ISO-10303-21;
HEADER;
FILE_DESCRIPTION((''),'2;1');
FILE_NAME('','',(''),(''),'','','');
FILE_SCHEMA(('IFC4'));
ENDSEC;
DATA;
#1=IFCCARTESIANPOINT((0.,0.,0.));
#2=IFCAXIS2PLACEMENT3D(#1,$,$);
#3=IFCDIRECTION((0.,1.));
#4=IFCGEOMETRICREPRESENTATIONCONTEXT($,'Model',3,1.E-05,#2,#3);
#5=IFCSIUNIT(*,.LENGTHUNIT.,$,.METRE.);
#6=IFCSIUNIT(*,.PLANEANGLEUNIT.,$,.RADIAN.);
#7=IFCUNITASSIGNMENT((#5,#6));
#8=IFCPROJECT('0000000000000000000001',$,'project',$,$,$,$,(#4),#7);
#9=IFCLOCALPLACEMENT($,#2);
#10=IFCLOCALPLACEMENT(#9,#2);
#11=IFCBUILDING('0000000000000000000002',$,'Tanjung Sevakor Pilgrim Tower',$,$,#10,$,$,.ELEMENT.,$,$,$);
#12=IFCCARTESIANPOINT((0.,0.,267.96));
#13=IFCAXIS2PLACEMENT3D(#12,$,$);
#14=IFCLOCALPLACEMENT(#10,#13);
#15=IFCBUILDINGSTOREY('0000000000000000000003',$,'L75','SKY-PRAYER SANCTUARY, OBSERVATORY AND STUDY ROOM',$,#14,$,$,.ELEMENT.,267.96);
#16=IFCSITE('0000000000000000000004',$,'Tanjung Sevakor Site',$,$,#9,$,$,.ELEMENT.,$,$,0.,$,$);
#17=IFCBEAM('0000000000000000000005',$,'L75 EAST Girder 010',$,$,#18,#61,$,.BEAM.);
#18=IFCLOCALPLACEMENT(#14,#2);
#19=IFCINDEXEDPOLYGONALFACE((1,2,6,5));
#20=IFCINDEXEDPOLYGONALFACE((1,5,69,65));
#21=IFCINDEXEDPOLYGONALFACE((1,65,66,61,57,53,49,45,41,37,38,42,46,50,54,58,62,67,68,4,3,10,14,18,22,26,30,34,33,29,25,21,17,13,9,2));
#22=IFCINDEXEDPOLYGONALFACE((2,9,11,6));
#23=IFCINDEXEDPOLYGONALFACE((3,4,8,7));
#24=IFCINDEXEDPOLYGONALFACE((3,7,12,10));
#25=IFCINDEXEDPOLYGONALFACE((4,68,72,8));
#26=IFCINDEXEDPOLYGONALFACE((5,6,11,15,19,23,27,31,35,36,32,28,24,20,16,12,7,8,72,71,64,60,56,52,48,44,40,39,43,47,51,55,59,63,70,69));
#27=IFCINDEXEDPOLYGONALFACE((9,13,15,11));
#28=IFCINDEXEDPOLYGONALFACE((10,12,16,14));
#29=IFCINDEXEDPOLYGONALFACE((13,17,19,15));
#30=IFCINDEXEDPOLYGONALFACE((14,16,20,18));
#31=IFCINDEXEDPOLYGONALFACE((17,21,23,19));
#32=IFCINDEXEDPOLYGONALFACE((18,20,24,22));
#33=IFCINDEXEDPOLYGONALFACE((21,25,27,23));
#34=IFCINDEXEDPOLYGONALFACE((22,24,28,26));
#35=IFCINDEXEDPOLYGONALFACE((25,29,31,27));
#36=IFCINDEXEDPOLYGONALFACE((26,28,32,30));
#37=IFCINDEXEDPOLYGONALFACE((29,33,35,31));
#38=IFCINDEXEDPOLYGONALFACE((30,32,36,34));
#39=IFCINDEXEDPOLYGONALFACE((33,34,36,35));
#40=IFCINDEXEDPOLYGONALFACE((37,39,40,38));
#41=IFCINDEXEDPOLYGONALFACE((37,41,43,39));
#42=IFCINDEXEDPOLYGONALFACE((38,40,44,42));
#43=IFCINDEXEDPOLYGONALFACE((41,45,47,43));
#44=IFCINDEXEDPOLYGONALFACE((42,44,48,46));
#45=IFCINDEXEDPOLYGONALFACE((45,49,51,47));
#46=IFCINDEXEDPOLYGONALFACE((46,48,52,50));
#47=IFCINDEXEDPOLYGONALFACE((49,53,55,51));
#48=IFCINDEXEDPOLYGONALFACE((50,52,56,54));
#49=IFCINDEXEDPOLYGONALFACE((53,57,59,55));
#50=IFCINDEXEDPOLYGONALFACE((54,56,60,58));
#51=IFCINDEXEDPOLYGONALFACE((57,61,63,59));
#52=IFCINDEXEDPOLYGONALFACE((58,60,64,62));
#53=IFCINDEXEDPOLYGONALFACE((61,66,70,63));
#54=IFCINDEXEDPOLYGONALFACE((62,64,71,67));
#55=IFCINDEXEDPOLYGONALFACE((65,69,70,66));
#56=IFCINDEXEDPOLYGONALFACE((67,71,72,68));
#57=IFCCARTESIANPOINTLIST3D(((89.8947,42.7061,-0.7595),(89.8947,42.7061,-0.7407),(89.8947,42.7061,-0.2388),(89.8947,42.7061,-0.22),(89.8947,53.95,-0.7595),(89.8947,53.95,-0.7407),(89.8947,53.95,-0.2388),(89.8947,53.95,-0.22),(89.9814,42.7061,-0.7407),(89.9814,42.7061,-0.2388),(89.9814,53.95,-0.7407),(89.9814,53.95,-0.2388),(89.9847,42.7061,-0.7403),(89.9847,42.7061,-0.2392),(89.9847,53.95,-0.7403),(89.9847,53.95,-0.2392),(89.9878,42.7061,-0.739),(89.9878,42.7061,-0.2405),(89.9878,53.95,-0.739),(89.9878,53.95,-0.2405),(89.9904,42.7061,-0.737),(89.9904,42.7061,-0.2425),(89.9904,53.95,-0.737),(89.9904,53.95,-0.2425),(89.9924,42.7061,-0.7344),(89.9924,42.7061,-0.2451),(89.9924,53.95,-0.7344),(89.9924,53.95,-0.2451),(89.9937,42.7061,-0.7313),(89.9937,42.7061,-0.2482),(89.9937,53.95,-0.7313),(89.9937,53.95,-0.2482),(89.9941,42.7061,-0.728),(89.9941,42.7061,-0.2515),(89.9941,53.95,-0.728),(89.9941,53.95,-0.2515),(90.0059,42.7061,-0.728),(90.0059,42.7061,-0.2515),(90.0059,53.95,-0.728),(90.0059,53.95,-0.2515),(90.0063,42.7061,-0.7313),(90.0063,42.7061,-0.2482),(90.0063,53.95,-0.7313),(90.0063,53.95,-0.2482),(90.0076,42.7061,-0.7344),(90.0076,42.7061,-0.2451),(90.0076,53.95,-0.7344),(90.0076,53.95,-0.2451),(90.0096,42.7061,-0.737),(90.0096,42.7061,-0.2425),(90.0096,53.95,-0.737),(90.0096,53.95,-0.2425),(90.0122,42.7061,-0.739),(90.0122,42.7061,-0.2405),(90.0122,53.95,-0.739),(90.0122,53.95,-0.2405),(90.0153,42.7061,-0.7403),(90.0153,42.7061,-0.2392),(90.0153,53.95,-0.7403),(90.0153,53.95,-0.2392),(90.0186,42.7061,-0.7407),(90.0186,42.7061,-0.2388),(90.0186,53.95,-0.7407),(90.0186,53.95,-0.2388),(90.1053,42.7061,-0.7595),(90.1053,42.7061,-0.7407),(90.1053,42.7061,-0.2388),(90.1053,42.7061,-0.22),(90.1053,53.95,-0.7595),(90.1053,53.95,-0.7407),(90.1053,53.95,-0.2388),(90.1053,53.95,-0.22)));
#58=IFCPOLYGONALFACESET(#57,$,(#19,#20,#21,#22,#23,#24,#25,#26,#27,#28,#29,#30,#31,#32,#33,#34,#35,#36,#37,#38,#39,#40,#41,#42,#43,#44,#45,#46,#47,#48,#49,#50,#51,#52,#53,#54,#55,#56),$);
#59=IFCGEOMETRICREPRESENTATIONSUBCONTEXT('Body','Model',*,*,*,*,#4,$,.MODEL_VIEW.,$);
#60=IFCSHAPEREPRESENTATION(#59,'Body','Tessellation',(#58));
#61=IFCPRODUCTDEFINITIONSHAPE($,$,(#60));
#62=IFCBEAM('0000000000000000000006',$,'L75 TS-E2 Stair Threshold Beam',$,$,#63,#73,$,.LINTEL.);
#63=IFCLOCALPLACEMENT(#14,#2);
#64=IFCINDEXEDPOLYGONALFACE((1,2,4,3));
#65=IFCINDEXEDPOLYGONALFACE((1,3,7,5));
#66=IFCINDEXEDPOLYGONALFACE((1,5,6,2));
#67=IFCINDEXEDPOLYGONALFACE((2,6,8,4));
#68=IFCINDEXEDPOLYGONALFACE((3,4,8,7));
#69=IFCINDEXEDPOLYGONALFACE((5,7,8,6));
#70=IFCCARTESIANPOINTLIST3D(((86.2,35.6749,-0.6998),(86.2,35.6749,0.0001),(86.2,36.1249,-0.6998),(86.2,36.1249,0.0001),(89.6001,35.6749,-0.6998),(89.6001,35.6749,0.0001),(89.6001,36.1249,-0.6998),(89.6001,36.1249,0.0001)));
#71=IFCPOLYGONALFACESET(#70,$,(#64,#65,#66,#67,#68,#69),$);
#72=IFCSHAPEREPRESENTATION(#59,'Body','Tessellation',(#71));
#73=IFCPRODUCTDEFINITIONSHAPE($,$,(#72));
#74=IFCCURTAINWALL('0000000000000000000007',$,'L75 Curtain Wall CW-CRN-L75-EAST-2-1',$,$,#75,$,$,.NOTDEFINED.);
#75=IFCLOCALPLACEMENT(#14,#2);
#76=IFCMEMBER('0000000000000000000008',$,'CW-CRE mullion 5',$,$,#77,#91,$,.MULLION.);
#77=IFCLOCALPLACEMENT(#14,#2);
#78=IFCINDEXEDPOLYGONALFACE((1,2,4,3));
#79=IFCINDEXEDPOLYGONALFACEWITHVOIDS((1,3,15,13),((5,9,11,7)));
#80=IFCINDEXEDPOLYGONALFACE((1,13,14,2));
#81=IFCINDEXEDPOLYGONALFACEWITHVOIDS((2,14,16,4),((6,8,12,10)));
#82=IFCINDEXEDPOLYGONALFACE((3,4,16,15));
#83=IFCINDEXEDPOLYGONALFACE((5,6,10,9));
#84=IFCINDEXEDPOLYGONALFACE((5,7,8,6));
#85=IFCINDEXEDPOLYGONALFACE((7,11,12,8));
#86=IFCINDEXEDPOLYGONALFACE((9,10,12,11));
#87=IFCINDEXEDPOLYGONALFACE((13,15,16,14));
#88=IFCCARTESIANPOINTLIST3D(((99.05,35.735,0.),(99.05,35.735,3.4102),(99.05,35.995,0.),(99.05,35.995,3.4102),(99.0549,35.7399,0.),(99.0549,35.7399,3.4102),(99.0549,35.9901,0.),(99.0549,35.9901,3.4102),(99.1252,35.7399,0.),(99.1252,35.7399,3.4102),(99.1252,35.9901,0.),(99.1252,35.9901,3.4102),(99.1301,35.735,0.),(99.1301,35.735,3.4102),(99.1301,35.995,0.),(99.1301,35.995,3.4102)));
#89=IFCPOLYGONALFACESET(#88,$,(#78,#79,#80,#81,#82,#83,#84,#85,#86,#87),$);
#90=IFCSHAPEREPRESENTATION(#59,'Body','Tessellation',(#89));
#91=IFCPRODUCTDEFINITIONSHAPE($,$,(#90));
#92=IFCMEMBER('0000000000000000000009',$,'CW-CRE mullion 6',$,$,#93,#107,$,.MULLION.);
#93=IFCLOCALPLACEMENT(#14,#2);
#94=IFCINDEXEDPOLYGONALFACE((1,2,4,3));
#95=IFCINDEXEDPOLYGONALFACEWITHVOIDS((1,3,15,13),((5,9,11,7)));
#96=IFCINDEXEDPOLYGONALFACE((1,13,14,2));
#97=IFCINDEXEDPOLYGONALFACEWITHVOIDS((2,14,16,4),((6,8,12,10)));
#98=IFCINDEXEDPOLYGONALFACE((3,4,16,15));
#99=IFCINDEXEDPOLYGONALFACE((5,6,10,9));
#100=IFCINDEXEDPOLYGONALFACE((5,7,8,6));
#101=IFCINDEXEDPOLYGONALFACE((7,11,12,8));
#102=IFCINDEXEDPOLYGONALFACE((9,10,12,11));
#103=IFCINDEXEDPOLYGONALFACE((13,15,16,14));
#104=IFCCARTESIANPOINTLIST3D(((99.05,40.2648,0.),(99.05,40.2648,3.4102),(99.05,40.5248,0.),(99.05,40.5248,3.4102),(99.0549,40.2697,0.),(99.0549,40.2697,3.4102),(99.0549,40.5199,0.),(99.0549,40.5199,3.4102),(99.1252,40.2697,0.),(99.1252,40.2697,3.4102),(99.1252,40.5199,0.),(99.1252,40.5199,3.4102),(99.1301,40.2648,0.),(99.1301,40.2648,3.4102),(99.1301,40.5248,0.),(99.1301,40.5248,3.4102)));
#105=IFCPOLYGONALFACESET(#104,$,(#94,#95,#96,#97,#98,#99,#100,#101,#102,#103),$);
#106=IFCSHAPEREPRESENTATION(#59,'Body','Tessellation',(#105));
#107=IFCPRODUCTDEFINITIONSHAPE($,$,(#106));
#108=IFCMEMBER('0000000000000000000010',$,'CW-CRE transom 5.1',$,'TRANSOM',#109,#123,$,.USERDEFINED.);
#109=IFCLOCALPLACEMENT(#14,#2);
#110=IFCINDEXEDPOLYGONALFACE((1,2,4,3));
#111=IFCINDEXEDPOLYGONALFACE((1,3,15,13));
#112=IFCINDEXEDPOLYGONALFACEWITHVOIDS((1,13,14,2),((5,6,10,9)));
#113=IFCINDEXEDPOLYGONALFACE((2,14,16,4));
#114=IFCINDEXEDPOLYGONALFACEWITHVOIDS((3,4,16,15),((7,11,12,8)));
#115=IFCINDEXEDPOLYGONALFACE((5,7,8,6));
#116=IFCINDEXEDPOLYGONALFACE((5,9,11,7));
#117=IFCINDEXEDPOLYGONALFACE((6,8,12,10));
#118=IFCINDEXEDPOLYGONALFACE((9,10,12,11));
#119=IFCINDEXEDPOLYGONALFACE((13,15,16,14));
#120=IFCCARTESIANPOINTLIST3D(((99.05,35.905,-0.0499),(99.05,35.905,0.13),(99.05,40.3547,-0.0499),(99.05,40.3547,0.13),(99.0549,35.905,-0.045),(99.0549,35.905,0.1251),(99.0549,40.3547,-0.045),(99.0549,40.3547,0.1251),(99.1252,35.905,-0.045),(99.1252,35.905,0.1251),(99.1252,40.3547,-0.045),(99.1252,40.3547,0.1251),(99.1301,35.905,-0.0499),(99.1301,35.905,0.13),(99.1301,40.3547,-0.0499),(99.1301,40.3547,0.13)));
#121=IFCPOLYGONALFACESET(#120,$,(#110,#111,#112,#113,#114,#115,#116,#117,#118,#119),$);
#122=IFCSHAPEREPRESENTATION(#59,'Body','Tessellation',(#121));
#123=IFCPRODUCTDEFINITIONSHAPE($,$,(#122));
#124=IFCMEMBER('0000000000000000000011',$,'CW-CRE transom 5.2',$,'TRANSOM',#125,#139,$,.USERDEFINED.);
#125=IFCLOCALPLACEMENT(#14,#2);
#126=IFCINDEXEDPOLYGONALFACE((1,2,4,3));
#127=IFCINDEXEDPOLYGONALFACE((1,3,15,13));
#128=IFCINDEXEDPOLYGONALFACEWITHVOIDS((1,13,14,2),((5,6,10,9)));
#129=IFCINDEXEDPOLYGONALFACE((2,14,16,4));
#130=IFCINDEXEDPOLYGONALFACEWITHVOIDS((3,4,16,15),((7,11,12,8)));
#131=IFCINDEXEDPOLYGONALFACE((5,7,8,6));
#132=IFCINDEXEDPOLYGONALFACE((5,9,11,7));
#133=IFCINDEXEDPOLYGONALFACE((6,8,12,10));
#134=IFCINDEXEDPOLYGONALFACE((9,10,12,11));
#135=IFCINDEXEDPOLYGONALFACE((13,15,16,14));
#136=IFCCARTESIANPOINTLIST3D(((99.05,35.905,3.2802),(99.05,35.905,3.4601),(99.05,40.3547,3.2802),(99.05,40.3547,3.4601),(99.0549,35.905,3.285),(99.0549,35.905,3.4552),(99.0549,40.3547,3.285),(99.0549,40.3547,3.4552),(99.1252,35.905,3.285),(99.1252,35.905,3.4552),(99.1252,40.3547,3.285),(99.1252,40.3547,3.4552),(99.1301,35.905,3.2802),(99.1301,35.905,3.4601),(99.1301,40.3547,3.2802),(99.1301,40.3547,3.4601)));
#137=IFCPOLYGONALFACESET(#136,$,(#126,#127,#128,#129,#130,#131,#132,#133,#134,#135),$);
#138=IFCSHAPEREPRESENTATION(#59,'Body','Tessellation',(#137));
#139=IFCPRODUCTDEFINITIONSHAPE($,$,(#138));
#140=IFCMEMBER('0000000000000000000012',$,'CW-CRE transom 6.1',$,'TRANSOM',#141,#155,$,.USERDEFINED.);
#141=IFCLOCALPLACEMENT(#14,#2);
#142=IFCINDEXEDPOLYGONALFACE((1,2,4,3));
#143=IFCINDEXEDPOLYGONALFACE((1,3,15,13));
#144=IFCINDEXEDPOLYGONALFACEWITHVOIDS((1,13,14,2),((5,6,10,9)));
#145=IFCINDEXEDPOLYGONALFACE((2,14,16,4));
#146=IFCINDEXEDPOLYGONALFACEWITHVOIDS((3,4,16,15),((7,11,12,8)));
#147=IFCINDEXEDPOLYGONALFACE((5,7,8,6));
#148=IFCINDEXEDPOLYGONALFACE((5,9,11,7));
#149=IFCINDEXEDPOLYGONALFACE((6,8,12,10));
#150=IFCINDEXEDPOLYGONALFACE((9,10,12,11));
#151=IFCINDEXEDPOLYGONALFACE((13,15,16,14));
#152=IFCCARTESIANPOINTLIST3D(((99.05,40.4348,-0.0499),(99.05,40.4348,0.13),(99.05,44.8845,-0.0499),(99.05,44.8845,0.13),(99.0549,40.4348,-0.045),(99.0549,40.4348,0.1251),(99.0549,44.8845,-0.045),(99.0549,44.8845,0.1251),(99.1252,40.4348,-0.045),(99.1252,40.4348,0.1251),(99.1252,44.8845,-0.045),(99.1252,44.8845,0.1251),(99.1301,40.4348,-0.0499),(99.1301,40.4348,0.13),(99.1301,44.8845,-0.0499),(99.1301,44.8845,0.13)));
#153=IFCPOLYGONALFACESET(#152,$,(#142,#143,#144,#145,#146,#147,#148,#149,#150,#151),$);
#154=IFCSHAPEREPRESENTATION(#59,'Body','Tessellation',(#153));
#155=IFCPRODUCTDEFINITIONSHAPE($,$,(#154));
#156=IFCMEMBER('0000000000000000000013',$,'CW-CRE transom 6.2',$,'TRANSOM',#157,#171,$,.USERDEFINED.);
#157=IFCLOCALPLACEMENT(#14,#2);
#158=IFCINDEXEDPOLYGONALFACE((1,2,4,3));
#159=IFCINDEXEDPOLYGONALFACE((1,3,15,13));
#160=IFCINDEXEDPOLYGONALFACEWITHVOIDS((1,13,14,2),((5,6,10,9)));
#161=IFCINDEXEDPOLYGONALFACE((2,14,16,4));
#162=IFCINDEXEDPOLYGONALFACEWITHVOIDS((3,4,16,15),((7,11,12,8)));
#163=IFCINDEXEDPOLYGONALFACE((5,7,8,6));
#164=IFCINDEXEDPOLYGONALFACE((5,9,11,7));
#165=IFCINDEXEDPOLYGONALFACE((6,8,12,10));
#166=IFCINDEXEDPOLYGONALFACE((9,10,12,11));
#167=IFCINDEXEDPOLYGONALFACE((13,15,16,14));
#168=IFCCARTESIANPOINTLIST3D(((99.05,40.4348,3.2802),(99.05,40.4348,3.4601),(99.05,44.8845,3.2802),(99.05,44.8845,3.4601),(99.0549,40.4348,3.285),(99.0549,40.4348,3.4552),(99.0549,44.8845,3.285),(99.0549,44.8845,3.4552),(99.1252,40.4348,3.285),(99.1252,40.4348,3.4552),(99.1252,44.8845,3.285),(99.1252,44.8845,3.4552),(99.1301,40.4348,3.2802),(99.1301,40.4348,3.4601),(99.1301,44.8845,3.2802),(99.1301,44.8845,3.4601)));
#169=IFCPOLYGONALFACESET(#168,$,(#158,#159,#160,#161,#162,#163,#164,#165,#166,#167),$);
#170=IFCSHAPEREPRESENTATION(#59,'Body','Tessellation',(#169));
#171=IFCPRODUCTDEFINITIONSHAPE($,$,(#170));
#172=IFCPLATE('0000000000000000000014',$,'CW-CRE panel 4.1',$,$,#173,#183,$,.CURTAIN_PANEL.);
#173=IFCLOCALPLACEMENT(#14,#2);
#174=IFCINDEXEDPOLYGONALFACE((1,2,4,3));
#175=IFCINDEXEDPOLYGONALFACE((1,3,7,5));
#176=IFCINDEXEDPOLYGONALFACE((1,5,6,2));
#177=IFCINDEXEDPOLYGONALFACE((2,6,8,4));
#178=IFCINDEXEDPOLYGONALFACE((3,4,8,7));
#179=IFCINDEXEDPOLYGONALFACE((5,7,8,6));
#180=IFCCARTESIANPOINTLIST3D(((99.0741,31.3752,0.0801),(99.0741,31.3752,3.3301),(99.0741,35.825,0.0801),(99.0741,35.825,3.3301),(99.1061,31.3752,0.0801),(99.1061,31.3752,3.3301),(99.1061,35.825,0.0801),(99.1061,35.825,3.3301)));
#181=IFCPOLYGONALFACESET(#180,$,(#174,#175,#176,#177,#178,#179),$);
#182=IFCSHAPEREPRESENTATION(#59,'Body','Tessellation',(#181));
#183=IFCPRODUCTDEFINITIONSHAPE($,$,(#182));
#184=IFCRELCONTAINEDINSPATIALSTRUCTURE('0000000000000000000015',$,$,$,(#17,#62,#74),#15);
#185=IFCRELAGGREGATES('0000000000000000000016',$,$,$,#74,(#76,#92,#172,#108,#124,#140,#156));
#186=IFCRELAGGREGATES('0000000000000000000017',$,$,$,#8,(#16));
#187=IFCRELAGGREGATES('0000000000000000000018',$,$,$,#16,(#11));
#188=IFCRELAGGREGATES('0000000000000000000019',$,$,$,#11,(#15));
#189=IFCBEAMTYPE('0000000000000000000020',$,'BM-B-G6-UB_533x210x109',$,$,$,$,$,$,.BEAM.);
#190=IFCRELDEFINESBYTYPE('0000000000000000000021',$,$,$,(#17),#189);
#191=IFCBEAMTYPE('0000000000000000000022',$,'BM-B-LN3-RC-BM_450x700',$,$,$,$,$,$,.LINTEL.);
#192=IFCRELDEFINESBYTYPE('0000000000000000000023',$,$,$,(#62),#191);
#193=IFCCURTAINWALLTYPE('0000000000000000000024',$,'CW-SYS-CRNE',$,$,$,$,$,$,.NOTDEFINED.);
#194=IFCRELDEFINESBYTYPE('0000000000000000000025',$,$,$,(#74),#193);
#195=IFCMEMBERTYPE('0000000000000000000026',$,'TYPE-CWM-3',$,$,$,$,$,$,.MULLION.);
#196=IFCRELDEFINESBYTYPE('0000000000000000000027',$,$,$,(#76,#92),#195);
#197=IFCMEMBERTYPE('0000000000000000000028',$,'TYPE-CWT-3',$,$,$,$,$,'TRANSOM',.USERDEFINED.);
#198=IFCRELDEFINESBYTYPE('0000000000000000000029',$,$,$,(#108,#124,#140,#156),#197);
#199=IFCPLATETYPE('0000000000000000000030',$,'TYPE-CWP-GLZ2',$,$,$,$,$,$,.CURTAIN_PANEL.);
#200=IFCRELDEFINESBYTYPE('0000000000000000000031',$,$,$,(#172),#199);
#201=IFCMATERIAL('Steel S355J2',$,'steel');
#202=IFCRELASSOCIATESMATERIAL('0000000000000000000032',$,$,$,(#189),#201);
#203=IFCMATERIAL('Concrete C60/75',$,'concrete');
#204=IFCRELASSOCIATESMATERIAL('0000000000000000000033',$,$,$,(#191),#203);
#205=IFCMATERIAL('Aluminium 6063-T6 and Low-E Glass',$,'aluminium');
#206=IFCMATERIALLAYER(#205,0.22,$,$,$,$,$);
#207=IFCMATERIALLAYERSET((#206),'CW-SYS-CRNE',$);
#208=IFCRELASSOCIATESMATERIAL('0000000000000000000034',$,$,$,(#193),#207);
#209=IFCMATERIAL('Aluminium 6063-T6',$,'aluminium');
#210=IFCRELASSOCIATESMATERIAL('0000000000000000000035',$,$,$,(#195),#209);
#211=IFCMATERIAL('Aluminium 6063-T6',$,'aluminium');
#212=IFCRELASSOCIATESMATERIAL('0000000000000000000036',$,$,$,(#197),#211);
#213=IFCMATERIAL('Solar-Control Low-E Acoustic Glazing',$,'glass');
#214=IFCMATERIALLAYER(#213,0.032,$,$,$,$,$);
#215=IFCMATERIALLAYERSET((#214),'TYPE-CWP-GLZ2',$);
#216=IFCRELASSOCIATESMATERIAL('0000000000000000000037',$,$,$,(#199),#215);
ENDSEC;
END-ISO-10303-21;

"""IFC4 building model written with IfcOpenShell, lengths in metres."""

from ifc_helpers import new_model, si_unit, direction, frame, origin, origin_2d, place, context, subcontext, project, spatial, rectangle, hollow_rectangle, i_section, extrude, material, layer, layer_set, material_profile, profile_set, type_object, element, aggregate, save


model = new_model("IFC4")

# Units and contexts
model_context = context("Model", 3, precision=1e-05, world=origin(), true_north=direction((0.0, 1.0)))
body_context = subcontext(model_context, "Body", "Model", "MODEL_VIEW")
ifc_project = project(units=[si_unit("LENGTHUNIT", "METRE"), si_unit("PLANEANGLEUNIT", "RADIAN")], contexts=[model_context])

# Site, building, storey
site_placement = place(None, origin())
site = spatial("IfcSite", under=ifc_project, at=site_placement, Name="Tanjung Sevakor Site", CompositionType="ELEMENT", RefElevation=0.0)
building_placement = place(site_placement, origin())
building = spatial("IfcBuilding", under=site, at=building_placement, Name="Tanjung Sevakor Pilgrim Tower", CompositionType="ELEMENT")
storey_placement = place(building_placement, frame((0.0, 0.0, 267.96)))
storey = spatial("IfcBuildingStorey", under=building, at=storey_placement, Name="L75", Description="SKY-PRAYER SANCTUARY, OBSERVATORY AND STUDY ROOM", CompositionType="ELEMENT", Elevation=267.96)

# Beams
ifc_material_1 = material(Name="Steel S355J2", Category="steel")
ifc_material_profile_1 = material_profile(ifc_material_1, i_section(OverallWidth=0.2107, OverallDepth=0.5396, WebThickness=0.0117, FlangeThickness=0.0188, FilletRadius=0.0127, at=origin_2d()))
ifc_profile_set_1 = profile_set([ifc_material_profile_1], Name="Steel S355J2")
beam_type_1 = type_object("IfcBeamType", Name="BM-B-G6-UB_533x210x109", PredefinedType="BEAM", material=ifc_profile_set_1)
beam_1_placement = place(storey_placement, frame((90.0, 42.7061, -0.4897), z_axis=(0.0, 1.0, 0.0), x_axis=(-1.0, 0.0, 0.0)))
element("IfcBeam", 1, at=beam_1_placement, inside=storey, type_object=beam_type_1, Name="L75 EAST Girder 010", PredefinedType="BEAM", context=body_context, shape_type="SweptSolid", body=[
    extrude(i_section(OverallWidth=0.2107, OverallDepth=0.5396, WebThickness=0.0117, FlangeThickness=0.0188, FilletRadius=0.0127, at=origin_2d()), origin(), (0.0, 0.0, 1.0), 11.2439),
])
ifc_material_2 = material(Name="Concrete C60/75", Category="concrete")
ifc_material_profile_2 = material_profile(ifc_material_2, rectangle(XDim=0.45, YDim=0.7, at=origin_2d()))
ifc_profile_set_2 = profile_set([ifc_material_profile_2], Name="Concrete C60/75")
beam_type_2 = type_object("IfcBeamType", Name="BM-B-LN3-RC-BM_450x700", PredefinedType="LINTEL", material=ifc_profile_set_2)
beam_2_placement = place(storey_placement, frame((86.2, 35.8999, -0.3499), z_axis=(1.0, 0.0, 0.0), x_axis=(0.0, 1.0, 0.0)))
element("IfcBeam", 2, at=beam_2_placement, inside=storey, type_object=beam_type_2, Name="L75 TS-E2 Stair Threshold Beam", PredefinedType="LINTEL", context=body_context, shape_type="SweptSolid", body=[
    extrude(rectangle(XDim=0.45, YDim=0.7, at=origin_2d()), origin(), (0.0, 0.0, 1.0), 3.4001),
])

# Curtain wall, members, plate
ifc_material_3 = material(Name="Aluminium 6063-T6 and Low-E Glass", Category="aluminium")
ifc_layer_1 = layer(ifc_material_3, 0.22)
ifc_layer_set_1 = layer_set([ifc_layer_1], Name="CW-SYS-CRNE")
curtain_wall_type = type_object("IfcCurtainWallType", Name="CW-SYS-CRNE", PredefinedType="NOTDEFINED", material=ifc_layer_set_1)
curtain_wall_placement = place(storey_placement, origin())
curtain_wall = element("IfcCurtainWall", 3, at=curtain_wall_placement, inside=storey, type_object=curtain_wall_type, Name="L75 Curtain Wall CW-CRN-L75-EAST-2-1", PredefinedType="NOTDEFINED")
ifc_material_4 = material(Name="Aluminium 6063-T6", Category="aluminium")
ifc_material_profile_3 = material_profile(ifc_material_4, hollow_rectangle(XDim=0.0801, YDim=0.26, WallThickness=0.0049, at=origin_2d()))
ifc_profile_set_3 = profile_set([ifc_material_profile_3], Name="Aluminium 6063-T6")
member_type_1 = type_object("IfcMemberType", Name="TYPE-CWM-3", PredefinedType="MULLION", material=ifc_profile_set_3)
member_1_placement = place(storey_placement, frame((99.0901, 35.865, 0.0), z_axis=(0.0, 0.0, 1.0), x_axis=(-1.0, 0.0, 0.0)))
member_1 = element("IfcMember", 4, at=member_1_placement, type_object=member_type_1, Name="CW-CRE mullion 5", PredefinedType="MULLION", context=body_context, shape_type="SweptSolid", body=[
    extrude(hollow_rectangle(XDim=0.0801, YDim=0.26, WallThickness=0.0049, at=origin_2d()), origin(), (0.0, 0.0, 1.0), 3.4102),
])
member_2_placement = place(storey_placement, frame((99.0901, 40.3948, 0.0), z_axis=(0.0, 0.0, 1.0), x_axis=(-1.0, 0.0, 0.0)))
member_2 = element("IfcMember", 5, at=member_2_placement, type_object=member_type_1, Name="CW-CRE mullion 6", PredefinedType="MULLION", context=body_context, shape_type="SweptSolid", body=[
    extrude(hollow_rectangle(XDim=0.0801, YDim=0.26, WallThickness=0.0049, at=origin_2d()), origin(), (0.0, 0.0, 1.0), 3.4102),
])
ifc_material_5 = material(Name="Aluminium 6063-T6", Category="aluminium")
ifc_material_profile_4 = material_profile(ifc_material_5, hollow_rectangle(XDim=0.0801, YDim=0.1799, WallThickness=0.0049, at=origin_2d()))
ifc_profile_set_4 = profile_set([ifc_material_profile_4], Name="Aluminium 6063-T6")
member_type_2 = type_object("IfcMemberType", Name="TYPE-CWT-3", ElementType="TRANSOM", PredefinedType="USERDEFINED", material=ifc_profile_set_4)
member_3_placement = place(storey_placement, frame((99.0901, 35.905, 0.04), z_axis=(0.0, 1.0, 0.0), x_axis=(-1.0, 0.0, 0.0)))
member_3 = element("IfcMember", 6, at=member_3_placement, type_object=member_type_2, Name="CW-CRE transom 5.1", ObjectType="TRANSOM", PredefinedType="USERDEFINED", context=body_context, shape_type="SweptSolid", body=[
    extrude(hollow_rectangle(XDim=0.0801, YDim=0.1799, WallThickness=0.0049, at=origin_2d()), origin(), (0.0, 0.0, 1.0), 4.4497),
])
member_4_placement = place(storey_placement, frame((99.0901, 35.905, 3.3701), z_axis=(0.0, 1.0, 0.0), x_axis=(-1.0, 0.0, 0.0)))
member_4 = element("IfcMember", 7, at=member_4_placement, type_object=member_type_2, Name="CW-CRE transom 5.2", ObjectType="TRANSOM", PredefinedType="USERDEFINED", context=body_context, shape_type="SweptSolid", body=[
    extrude(hollow_rectangle(XDim=0.0801, YDim=0.1799, WallThickness=0.0049, at=origin_2d()), origin(), (0.0, 0.0, 1.0), 4.4497),
])
member_5_placement = place(storey_placement, frame((99.0901, 40.4348, 0.04), z_axis=(0.0, 1.0, 0.0), x_axis=(-1.0, 0.0, 0.0)))
member_5 = element("IfcMember", 8, at=member_5_placement, type_object=member_type_2, Name="CW-CRE transom 6.1", ObjectType="TRANSOM", PredefinedType="USERDEFINED", context=body_context, shape_type="SweptSolid", body=[
    extrude(hollow_rectangle(XDim=0.0801, YDim=0.1799, WallThickness=0.0049, at=origin_2d()), origin(), (0.0, 0.0, 1.0), 4.4497),
])
member_6_placement = place(storey_placement, frame((99.0901, 40.4348, 3.3701), z_axis=(0.0, 1.0, 0.0), x_axis=(-1.0, 0.0, 0.0)))
member_6 = element("IfcMember", 9, at=member_6_placement, type_object=member_type_2, Name="CW-CRE transom 6.2", ObjectType="TRANSOM", PredefinedType="USERDEFINED", context=body_context, shape_type="SweptSolid", body=[
    extrude(hollow_rectangle(XDim=0.0801, YDim=0.1799, WallThickness=0.0049, at=origin_2d()), origin(), (0.0, 0.0, 1.0), 4.4497),
])
ifc_material_6 = material(Name="Solar-Control Low-E Acoustic Glazing", Category="glass")
ifc_layer_2 = layer(ifc_material_6, 0.032)
ifc_layer_set_2 = layer_set([ifc_layer_2], Name="TYPE-CWP-GLZ2")
plate_type = type_object("IfcPlateType", Name="TYPE-CWP-GLZ2", PredefinedType="CURTAIN_PANEL", material=ifc_layer_set_2)
plate_1_placement = place(storey_placement, frame((99.0901, 33.6001, 0.0801), z_axis=(0.0, 0.0, 1.0), x_axis=(0.0, 1.0, 0.0)))
plate_1 = element("IfcPlate", 10, at=plate_1_placement, type_object=plate_type, Name="CW-CRE panel 4.1", PredefinedType="CURTAIN_PANEL", context=body_context, shape_type="SweptSolid", body=[
    extrude(rectangle(XDim=4.4497, YDim=0.032, at=origin_2d()), origin(), (0.0, 0.0, 1.0), 3.25),
])
aggregate(curtain_wall, [member_1, member_2, plate_1, member_3, member_4, member_5, member_6])

save(model, "model.ifc")
